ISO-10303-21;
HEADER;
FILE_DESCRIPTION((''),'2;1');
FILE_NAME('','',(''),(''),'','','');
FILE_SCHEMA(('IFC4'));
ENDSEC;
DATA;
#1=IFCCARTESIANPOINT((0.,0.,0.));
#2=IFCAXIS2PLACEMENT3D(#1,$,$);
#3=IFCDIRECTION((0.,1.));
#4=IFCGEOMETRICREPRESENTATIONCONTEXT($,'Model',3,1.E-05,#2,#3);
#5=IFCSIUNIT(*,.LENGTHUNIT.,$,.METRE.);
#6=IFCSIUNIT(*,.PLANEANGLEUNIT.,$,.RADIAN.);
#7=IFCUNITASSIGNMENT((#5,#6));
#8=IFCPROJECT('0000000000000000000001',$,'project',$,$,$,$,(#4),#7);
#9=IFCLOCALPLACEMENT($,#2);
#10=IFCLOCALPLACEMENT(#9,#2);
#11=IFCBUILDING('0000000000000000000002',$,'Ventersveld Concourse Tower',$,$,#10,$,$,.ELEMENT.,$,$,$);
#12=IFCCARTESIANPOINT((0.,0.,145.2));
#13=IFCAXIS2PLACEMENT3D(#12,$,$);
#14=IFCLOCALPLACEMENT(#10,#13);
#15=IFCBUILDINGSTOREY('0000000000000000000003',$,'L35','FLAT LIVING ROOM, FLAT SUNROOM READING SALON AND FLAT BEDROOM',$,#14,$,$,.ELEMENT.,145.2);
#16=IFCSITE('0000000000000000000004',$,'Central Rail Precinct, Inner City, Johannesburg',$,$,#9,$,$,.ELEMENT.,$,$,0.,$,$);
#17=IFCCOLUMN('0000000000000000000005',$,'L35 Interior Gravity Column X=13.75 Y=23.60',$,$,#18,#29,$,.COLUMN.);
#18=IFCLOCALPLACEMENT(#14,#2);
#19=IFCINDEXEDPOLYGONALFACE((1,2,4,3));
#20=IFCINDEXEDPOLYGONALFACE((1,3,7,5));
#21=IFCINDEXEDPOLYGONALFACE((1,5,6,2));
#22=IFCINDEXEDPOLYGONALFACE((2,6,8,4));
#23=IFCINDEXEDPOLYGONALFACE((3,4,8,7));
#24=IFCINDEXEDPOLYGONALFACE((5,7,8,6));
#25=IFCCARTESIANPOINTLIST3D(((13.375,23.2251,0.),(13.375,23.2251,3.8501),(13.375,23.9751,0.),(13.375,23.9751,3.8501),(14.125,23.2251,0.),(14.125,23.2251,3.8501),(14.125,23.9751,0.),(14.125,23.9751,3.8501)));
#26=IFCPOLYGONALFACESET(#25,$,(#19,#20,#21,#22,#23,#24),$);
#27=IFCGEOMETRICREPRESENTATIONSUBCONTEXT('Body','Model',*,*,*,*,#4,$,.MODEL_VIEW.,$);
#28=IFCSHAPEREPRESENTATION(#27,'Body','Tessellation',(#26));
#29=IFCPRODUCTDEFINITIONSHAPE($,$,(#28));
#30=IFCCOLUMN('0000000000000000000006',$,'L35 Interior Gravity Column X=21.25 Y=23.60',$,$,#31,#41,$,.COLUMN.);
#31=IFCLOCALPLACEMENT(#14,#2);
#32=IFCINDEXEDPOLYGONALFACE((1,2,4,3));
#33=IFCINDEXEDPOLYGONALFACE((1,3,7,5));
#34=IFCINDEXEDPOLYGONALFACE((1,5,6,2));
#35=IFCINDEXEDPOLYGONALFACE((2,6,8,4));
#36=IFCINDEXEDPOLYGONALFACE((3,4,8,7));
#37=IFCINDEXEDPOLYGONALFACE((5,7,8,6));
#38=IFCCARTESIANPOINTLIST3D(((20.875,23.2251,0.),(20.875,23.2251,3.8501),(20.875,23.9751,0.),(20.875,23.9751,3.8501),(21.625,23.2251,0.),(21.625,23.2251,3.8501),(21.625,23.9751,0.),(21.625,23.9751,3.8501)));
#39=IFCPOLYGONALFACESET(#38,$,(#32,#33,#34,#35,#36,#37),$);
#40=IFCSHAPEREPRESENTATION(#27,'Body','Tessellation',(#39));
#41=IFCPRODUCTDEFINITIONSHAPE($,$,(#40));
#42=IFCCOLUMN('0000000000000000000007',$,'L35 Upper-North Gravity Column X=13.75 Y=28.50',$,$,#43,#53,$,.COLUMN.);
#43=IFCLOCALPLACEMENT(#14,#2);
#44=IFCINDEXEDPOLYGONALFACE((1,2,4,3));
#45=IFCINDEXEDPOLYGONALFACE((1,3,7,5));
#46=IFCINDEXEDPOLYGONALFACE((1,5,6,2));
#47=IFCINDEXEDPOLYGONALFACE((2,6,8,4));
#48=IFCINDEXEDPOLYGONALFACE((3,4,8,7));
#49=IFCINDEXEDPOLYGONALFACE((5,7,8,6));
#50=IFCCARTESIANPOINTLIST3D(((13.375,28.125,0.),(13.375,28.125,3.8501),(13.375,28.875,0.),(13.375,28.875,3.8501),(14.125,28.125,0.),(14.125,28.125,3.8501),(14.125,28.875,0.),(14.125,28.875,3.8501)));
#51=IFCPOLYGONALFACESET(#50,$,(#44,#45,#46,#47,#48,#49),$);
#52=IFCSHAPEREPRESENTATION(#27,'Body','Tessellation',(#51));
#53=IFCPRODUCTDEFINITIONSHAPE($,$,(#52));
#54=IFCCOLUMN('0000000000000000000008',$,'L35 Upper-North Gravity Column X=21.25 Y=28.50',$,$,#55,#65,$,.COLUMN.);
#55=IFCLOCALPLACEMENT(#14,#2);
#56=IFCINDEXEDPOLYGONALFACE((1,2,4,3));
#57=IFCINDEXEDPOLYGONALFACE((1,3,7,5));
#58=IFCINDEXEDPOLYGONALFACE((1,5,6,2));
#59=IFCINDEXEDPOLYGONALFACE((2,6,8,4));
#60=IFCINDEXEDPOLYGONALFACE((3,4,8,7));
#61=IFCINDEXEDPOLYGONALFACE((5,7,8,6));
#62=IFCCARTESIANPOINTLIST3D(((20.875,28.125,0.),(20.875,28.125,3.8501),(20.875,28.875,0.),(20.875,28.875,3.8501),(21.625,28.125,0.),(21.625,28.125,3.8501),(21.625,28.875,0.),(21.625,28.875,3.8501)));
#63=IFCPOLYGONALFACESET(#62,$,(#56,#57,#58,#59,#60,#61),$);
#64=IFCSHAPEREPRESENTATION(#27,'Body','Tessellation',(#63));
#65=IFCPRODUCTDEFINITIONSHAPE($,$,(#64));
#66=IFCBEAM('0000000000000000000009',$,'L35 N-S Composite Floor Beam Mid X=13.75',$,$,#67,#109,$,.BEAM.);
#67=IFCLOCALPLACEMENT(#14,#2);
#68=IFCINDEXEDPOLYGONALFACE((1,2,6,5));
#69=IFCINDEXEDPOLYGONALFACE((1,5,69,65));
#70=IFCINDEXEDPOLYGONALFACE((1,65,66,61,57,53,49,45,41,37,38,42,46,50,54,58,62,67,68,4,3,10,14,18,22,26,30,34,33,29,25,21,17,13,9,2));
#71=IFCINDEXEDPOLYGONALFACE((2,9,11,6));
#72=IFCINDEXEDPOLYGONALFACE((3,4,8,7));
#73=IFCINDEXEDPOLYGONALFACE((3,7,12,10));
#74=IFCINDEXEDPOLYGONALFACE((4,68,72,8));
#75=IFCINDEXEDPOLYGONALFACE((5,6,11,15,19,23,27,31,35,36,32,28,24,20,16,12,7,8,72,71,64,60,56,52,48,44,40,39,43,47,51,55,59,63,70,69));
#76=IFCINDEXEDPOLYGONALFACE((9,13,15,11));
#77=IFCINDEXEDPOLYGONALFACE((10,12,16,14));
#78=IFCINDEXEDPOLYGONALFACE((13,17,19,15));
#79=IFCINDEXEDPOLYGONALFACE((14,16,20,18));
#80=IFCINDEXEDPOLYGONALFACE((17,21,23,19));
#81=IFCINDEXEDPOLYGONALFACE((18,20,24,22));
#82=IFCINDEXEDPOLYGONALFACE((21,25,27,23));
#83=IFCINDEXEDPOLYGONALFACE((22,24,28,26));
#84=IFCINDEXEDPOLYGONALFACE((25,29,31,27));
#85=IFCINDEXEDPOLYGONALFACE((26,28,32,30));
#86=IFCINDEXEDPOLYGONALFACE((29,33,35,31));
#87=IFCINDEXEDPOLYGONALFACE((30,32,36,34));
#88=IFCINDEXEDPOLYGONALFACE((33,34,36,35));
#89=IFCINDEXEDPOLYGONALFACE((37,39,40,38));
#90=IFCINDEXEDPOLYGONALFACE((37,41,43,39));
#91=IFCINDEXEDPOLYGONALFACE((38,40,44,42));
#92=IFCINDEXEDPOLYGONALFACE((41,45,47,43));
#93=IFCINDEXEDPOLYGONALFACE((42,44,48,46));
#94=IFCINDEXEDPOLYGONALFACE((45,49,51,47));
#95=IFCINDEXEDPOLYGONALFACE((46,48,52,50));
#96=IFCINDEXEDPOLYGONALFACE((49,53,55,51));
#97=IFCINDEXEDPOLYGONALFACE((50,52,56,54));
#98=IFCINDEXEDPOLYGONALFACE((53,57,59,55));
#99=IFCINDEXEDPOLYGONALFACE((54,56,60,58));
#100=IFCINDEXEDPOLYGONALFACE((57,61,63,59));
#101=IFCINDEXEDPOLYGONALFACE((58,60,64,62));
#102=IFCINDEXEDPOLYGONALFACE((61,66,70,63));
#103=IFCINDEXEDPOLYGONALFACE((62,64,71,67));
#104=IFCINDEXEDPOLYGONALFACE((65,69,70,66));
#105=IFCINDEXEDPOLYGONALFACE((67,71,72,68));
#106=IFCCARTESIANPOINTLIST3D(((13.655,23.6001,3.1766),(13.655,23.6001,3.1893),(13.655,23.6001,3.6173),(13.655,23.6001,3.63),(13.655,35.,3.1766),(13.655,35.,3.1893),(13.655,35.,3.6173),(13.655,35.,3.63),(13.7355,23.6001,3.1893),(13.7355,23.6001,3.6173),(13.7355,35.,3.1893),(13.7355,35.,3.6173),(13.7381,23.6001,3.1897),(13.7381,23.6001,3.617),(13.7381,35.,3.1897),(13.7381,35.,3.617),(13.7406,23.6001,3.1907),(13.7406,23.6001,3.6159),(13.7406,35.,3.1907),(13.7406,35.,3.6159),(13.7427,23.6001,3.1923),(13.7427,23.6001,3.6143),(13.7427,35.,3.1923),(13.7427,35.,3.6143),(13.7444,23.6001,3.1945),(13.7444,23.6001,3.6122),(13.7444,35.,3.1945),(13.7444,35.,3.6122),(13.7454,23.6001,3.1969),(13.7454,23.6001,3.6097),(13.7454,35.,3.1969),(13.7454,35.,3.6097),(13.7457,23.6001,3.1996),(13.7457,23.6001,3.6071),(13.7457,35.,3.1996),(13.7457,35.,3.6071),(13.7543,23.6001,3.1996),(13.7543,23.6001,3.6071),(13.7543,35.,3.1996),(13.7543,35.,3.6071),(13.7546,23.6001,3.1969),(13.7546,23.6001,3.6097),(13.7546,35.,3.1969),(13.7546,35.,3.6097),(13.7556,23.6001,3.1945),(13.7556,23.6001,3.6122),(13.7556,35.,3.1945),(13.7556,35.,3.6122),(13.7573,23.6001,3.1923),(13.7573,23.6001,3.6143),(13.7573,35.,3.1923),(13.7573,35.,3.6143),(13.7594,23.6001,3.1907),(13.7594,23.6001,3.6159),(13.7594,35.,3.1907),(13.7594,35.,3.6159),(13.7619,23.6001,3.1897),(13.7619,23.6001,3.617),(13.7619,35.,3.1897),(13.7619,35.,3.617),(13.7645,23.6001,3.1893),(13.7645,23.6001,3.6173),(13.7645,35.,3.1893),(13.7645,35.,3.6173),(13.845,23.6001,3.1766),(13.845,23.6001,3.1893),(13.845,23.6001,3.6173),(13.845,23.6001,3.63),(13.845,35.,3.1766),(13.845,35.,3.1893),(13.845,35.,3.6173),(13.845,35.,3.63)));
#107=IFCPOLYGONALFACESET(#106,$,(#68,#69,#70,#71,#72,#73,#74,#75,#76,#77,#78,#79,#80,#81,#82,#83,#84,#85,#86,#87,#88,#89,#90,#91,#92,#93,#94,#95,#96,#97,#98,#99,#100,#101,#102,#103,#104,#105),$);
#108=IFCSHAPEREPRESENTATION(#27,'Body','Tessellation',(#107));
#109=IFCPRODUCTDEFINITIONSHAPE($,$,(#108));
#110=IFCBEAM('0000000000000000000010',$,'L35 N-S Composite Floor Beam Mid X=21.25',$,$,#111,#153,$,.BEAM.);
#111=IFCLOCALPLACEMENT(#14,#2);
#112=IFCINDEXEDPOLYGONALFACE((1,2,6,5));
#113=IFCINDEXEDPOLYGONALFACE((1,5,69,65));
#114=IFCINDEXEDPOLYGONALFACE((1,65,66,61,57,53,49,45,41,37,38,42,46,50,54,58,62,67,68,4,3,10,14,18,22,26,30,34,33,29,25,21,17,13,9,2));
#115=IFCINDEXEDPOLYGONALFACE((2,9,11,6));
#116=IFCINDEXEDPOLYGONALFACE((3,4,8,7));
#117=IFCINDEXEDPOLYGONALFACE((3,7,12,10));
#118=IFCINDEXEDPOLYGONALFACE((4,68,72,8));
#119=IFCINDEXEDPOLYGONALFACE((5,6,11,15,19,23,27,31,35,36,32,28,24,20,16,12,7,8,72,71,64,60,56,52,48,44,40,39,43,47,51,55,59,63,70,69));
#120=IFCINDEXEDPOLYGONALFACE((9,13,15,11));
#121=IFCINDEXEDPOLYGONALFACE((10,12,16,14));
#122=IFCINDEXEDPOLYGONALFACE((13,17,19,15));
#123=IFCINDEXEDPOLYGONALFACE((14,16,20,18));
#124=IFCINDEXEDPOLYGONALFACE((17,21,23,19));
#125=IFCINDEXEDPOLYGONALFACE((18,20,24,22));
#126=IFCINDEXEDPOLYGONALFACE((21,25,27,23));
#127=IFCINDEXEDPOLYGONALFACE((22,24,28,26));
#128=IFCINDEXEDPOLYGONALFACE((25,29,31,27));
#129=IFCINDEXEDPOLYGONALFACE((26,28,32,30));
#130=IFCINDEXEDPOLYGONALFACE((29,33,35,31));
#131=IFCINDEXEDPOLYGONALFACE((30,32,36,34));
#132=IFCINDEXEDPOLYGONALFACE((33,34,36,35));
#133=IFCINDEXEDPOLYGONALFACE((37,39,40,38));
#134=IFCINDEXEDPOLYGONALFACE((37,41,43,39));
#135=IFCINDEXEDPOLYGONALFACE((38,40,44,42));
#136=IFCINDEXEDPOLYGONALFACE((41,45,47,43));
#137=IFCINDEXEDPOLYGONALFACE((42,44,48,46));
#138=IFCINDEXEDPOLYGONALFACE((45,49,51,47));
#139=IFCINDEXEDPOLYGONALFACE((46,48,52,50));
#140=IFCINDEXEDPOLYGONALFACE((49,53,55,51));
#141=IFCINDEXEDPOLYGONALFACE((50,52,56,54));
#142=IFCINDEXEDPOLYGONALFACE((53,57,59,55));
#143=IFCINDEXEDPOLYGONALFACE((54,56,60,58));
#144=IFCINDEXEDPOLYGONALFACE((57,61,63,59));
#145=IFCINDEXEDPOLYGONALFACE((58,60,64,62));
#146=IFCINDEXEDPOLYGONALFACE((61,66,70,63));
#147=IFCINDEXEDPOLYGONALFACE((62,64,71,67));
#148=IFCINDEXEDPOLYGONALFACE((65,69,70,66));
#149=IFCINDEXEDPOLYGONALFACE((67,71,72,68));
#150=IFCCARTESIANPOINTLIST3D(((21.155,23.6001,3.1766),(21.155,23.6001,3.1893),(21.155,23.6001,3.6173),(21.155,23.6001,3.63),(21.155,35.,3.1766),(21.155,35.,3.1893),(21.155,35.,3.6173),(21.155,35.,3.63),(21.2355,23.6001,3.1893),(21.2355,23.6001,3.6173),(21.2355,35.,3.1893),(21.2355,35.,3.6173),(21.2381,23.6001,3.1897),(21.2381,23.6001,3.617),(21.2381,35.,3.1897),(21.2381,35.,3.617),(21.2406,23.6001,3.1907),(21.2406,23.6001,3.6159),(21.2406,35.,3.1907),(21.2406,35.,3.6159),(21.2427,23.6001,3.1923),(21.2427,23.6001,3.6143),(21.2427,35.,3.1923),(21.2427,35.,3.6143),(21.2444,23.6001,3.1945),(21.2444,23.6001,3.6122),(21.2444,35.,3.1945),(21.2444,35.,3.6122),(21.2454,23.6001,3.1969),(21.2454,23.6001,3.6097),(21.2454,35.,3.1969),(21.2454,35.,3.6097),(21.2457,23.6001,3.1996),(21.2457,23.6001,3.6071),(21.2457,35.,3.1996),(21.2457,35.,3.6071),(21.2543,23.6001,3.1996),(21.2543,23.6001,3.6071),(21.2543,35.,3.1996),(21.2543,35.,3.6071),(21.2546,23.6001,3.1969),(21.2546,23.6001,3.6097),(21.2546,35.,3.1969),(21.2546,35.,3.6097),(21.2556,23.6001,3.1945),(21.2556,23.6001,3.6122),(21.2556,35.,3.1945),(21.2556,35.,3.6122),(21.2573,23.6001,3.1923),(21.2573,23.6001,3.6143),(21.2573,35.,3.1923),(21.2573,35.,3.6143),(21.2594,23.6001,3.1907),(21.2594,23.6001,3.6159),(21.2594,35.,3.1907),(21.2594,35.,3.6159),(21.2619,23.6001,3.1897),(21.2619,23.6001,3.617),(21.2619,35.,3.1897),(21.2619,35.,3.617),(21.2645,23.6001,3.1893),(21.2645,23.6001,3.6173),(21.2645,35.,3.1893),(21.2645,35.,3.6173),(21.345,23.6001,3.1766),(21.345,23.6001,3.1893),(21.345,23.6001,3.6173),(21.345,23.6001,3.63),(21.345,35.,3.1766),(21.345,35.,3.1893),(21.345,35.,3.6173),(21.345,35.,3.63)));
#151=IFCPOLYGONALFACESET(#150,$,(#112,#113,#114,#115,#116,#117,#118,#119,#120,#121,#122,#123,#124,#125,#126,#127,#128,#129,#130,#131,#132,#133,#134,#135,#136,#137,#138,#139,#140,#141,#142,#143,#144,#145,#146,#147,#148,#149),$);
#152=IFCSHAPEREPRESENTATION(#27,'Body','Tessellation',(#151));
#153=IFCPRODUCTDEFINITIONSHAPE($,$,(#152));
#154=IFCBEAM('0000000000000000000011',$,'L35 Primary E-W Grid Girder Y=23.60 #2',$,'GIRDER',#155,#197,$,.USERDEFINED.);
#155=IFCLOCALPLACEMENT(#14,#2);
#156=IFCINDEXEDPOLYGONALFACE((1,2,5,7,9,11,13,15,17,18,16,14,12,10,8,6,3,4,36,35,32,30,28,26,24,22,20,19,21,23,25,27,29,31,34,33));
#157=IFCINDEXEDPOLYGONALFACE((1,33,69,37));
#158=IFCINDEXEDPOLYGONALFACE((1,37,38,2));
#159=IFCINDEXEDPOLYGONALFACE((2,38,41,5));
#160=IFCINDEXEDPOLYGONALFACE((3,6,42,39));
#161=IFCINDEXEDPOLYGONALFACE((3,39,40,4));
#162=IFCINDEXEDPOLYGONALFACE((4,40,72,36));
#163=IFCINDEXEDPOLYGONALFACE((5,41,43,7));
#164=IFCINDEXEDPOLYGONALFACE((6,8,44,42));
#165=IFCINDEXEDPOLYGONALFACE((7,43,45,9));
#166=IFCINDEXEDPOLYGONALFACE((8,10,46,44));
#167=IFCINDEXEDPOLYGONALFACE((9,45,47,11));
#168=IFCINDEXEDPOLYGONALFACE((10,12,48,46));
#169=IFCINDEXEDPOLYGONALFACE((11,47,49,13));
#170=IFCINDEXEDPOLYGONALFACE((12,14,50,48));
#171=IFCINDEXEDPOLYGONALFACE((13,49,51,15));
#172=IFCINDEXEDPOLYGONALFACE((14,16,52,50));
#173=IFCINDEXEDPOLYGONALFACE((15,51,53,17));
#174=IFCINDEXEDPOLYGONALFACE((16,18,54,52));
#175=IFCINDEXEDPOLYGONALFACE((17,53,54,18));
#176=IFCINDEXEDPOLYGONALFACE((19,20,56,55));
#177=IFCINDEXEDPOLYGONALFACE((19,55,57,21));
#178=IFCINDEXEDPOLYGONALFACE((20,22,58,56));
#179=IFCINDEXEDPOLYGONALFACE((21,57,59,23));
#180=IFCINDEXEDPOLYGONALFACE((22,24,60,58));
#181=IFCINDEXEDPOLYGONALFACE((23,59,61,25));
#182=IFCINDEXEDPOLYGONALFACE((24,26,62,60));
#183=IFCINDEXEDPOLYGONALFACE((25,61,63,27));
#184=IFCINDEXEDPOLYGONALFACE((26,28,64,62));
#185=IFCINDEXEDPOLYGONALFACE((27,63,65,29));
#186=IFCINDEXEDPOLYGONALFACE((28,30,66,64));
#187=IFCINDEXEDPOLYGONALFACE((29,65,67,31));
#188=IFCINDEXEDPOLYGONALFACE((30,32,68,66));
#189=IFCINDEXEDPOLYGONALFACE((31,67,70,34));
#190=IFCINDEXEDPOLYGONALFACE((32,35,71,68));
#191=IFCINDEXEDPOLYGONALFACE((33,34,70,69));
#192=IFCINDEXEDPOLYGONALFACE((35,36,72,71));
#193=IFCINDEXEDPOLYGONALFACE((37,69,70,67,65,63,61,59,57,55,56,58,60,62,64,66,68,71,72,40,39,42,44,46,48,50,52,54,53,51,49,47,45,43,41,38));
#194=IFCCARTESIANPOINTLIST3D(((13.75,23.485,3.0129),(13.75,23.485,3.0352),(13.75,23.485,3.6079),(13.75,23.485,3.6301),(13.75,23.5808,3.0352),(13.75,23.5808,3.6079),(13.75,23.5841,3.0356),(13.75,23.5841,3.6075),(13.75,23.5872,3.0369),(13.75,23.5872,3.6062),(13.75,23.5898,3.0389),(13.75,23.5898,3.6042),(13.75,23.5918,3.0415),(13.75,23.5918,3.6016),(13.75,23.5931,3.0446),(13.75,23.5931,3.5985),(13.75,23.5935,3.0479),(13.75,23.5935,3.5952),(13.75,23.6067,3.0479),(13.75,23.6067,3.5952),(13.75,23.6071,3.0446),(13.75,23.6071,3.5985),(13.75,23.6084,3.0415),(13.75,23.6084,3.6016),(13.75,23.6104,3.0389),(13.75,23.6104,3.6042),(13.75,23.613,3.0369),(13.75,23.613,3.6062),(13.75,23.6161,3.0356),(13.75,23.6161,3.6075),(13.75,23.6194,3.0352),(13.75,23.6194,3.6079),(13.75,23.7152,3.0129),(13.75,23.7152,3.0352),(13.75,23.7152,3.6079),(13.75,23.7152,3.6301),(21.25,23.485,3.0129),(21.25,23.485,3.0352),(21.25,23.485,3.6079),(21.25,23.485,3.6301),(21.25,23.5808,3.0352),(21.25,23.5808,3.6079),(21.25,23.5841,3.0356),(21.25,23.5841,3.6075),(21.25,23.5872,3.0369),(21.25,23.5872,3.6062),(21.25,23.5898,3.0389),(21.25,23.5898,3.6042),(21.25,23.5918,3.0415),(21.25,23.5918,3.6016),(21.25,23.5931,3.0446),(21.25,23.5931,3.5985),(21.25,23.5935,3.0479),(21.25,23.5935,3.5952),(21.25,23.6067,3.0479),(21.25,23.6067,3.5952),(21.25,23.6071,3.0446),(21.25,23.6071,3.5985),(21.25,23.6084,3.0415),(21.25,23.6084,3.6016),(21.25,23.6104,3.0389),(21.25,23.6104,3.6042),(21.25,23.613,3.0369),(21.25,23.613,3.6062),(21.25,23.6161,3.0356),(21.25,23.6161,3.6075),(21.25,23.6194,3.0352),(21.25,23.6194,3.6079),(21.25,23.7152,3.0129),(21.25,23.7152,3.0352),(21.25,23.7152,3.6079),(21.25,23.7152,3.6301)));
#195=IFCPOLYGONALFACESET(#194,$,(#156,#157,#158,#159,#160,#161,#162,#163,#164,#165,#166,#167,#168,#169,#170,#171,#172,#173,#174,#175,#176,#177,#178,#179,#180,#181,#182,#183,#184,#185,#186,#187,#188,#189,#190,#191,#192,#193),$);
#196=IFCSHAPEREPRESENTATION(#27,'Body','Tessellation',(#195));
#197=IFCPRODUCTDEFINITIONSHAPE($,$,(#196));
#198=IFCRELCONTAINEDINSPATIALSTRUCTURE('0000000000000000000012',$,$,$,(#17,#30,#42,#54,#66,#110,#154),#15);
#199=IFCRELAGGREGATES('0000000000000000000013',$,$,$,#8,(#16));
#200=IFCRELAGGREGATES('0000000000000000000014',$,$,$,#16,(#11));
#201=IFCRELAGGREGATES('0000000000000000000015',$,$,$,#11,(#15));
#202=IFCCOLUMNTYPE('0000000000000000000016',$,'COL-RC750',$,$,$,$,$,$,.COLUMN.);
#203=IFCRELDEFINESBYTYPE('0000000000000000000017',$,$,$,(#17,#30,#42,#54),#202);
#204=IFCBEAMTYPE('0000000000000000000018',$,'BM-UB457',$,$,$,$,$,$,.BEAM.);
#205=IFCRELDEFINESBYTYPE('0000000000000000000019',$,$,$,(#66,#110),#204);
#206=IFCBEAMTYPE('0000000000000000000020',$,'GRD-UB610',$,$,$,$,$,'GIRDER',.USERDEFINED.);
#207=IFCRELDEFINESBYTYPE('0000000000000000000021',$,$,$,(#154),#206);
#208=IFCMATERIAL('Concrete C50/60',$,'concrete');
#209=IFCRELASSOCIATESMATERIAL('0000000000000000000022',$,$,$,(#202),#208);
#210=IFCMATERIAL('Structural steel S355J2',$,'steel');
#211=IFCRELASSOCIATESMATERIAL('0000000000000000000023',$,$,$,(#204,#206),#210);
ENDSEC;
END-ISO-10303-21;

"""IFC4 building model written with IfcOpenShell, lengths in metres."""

from ifc_helpers import new_model, si_unit, direction, frame, origin, origin_2d, place, context, subcontext, project, spatial, rectangle, i_section, extrude, material, material_profile, profile_set, type_object, element, save


model = new_model("IFC4")

# Units and contexts
model_context = context("Model", 3, precision=1e-05, world=origin(), true_north=direction((0.0, 1.0)))
body_context = subcontext(model_context, "Body", "Model", "MODEL_VIEW")
ifc_project = project(units=[si_unit("LENGTHUNIT", "METRE"), si_unit("PLANEANGLEUNIT", "RADIAN")], contexts=[model_context])

# Site, building, storey
site_placement = place(None, origin())
site = spatial("IfcSite", under=ifc_project, at=site_placement, Name="Central Rail Precinct, Inner City, Johannesburg", CompositionType="ELEMENT", RefElevation=0.0)
building_placement = place(site_placement, origin())
building = spatial("IfcBuilding", under=site, at=building_placement, Name="Ventersveld Concourse Tower", CompositionType="ELEMENT")
storey_placement = place(building_placement, frame((0.0, 0.0, 145.2)))
storey = spatial("IfcBuildingStorey", under=building, at=storey_placement, Name="L35", Description="FLAT LIVING ROOM, FLAT SUNROOM READING SALON AND FLAT BEDROOM", CompositionType="ELEMENT", Elevation=145.2)

# Columns
ifc_material_1 = material(Name="Concrete C50/60", Category="concrete")
ifc_material_profile_1 = material_profile(ifc_material_1, rectangle(XDim=0.75, YDim=0.75, at=origin_2d()), Name="RC 750x750")
ifc_profile_set_1 = profile_set([ifc_material_profile_1], Name="Concrete C50/60")
column_type = type_object("IfcColumnType", Name="COL-RC750", PredefinedType="COLUMN", material=ifc_profile_set_1)
for number, where, z_axis, x_axis, name in (
    (1, (13.75, 23.6001, 0.0), (0.0, 0.0, 1.0), (1.0, 0.0, 0.0), "L35 Interior Gravity Column X=13.75 Y=23.60"),
    (2, (21.25, 23.6001, 0.0), (0.0, 0.0, 1.0), (1.0, 0.0, 0.0), "L35 Interior Gravity Column X=21.25 Y=23.60"),
    (3, (13.75, 28.5, 0.0), (0.0, 0.0, 1.0), (1.0, 0.0, 0.0), "L35 Upper-North Gravity Column X=13.75 Y=28.50"),
    (4, (21.25, 28.5, 0.0), (0.0, 0.0, 1.0), (1.0, 0.0, 0.0), "L35 Upper-North Gravity Column X=21.25 Y=28.50"),
):
    element("IfcColumn", number, at=place(storey_placement, frame(where, z_axis=z_axis, x_axis=x_axis)), inside=storey, type_object=column_type, Name=name, PredefinedType="COLUMN", context=body_context, shape_type="SweptSolid", body=[
        extrude(rectangle(XDim=0.75, YDim=0.75, at=origin_2d()), origin(), (0.0, 0.0, 1.0), 3.8501),
    ])

# Beams
ifc_material_2 = material(Name="Structural steel S355J2", Category="steel")
ifc_material_profile_2 = material_profile(ifc_material_2, i_section(OverallWidth=0.1899, OverallDepth=0.4534, WebThickness=0.0085, FlangeThickness=0.0127, FilletRadius=0.0103, at=origin_2d()), Name="UB 457x191x67")
ifc_profile_set_2 = profile_set([ifc_material_profile_2], Name="Structural steel S355J2")
beam_type_1 = type_object("IfcBeamType", Name="BM-UB457", PredefinedType="BEAM", material=ifc_profile_set_2)
for number, where, z_axis, x_axis, name in (
    (5, (13.75, 23.6001, 3.4033), (0.0, 1.0, 0.0), (-1.0, 0.0, 0.0), "L35 N-S Composite Floor Beam Mid X=13.75"),
    (6, (21.25, 23.6001, 3.4033), (0.0, 1.0, 0.0), (-1.0, 0.0, 0.0), "L35 N-S Composite Floor Beam Mid X=21.25"),
):
    element("IfcBeam", number, at=place(storey_placement, frame(where, z_axis=z_axis, x_axis=x_axis)), inside=storey, type_object=beam_type_1, Name=name, PredefinedType="BEAM", context=body_context, shape_type="SweptSolid", body=[
        extrude(i_section(OverallWidth=0.1899, OverallDepth=0.4534, WebThickness=0.0085, FlangeThickness=0.0127, FilletRadius=0.0103, at=origin_2d()), origin(), (0.0, 0.0, 1.0), 11.3999),
    ])
ifc_material_profile_3 = material_profile(ifc_material_2, i_section(OverallWidth=0.2302, OverallDepth=0.6172, WebThickness=0.0132, FlangeThickness=0.0222, FilletRadius=0.0127, at=origin_2d()), Name="UB 610x229x140")
ifc_profile_set_3 = profile_set([ifc_material_profile_3], Name="Structural steel S355J2")
beam_type_2 = type_object("IfcBeamType", Name="GRD-UB610", ElementType="GIRDER", PredefinedType="USERDEFINED", material=ifc_profile_set_3)
for number, where, z_axis, x_axis, name in (
    (7, (13.75, 23.6001, 3.3215), (1.0, 0.0, 0.0), (0.0, 1.0, 0.0), "L35 Primary E-W Grid Girder Y=23.60 #2"),
):
    element("IfcBeam", number, at=place(storey_placement, frame(where, z_axis=z_axis, x_axis=x_axis)), inside=storey, type_object=beam_type_2, Name=name, ObjectType="GIRDER", PredefinedType="USERDEFINED", context=body_context, shape_type="SweptSolid", body=[
        extrude(i_section(OverallWidth=0.2302, OverallDepth=0.6172, WebThickness=0.0132, FlangeThickness=0.0222, FilletRadius=0.0127, at=origin_2d()), origin(), (0.0, 0.0, 1.0), 7.5),
    ])

save(model, "model.ifc")
